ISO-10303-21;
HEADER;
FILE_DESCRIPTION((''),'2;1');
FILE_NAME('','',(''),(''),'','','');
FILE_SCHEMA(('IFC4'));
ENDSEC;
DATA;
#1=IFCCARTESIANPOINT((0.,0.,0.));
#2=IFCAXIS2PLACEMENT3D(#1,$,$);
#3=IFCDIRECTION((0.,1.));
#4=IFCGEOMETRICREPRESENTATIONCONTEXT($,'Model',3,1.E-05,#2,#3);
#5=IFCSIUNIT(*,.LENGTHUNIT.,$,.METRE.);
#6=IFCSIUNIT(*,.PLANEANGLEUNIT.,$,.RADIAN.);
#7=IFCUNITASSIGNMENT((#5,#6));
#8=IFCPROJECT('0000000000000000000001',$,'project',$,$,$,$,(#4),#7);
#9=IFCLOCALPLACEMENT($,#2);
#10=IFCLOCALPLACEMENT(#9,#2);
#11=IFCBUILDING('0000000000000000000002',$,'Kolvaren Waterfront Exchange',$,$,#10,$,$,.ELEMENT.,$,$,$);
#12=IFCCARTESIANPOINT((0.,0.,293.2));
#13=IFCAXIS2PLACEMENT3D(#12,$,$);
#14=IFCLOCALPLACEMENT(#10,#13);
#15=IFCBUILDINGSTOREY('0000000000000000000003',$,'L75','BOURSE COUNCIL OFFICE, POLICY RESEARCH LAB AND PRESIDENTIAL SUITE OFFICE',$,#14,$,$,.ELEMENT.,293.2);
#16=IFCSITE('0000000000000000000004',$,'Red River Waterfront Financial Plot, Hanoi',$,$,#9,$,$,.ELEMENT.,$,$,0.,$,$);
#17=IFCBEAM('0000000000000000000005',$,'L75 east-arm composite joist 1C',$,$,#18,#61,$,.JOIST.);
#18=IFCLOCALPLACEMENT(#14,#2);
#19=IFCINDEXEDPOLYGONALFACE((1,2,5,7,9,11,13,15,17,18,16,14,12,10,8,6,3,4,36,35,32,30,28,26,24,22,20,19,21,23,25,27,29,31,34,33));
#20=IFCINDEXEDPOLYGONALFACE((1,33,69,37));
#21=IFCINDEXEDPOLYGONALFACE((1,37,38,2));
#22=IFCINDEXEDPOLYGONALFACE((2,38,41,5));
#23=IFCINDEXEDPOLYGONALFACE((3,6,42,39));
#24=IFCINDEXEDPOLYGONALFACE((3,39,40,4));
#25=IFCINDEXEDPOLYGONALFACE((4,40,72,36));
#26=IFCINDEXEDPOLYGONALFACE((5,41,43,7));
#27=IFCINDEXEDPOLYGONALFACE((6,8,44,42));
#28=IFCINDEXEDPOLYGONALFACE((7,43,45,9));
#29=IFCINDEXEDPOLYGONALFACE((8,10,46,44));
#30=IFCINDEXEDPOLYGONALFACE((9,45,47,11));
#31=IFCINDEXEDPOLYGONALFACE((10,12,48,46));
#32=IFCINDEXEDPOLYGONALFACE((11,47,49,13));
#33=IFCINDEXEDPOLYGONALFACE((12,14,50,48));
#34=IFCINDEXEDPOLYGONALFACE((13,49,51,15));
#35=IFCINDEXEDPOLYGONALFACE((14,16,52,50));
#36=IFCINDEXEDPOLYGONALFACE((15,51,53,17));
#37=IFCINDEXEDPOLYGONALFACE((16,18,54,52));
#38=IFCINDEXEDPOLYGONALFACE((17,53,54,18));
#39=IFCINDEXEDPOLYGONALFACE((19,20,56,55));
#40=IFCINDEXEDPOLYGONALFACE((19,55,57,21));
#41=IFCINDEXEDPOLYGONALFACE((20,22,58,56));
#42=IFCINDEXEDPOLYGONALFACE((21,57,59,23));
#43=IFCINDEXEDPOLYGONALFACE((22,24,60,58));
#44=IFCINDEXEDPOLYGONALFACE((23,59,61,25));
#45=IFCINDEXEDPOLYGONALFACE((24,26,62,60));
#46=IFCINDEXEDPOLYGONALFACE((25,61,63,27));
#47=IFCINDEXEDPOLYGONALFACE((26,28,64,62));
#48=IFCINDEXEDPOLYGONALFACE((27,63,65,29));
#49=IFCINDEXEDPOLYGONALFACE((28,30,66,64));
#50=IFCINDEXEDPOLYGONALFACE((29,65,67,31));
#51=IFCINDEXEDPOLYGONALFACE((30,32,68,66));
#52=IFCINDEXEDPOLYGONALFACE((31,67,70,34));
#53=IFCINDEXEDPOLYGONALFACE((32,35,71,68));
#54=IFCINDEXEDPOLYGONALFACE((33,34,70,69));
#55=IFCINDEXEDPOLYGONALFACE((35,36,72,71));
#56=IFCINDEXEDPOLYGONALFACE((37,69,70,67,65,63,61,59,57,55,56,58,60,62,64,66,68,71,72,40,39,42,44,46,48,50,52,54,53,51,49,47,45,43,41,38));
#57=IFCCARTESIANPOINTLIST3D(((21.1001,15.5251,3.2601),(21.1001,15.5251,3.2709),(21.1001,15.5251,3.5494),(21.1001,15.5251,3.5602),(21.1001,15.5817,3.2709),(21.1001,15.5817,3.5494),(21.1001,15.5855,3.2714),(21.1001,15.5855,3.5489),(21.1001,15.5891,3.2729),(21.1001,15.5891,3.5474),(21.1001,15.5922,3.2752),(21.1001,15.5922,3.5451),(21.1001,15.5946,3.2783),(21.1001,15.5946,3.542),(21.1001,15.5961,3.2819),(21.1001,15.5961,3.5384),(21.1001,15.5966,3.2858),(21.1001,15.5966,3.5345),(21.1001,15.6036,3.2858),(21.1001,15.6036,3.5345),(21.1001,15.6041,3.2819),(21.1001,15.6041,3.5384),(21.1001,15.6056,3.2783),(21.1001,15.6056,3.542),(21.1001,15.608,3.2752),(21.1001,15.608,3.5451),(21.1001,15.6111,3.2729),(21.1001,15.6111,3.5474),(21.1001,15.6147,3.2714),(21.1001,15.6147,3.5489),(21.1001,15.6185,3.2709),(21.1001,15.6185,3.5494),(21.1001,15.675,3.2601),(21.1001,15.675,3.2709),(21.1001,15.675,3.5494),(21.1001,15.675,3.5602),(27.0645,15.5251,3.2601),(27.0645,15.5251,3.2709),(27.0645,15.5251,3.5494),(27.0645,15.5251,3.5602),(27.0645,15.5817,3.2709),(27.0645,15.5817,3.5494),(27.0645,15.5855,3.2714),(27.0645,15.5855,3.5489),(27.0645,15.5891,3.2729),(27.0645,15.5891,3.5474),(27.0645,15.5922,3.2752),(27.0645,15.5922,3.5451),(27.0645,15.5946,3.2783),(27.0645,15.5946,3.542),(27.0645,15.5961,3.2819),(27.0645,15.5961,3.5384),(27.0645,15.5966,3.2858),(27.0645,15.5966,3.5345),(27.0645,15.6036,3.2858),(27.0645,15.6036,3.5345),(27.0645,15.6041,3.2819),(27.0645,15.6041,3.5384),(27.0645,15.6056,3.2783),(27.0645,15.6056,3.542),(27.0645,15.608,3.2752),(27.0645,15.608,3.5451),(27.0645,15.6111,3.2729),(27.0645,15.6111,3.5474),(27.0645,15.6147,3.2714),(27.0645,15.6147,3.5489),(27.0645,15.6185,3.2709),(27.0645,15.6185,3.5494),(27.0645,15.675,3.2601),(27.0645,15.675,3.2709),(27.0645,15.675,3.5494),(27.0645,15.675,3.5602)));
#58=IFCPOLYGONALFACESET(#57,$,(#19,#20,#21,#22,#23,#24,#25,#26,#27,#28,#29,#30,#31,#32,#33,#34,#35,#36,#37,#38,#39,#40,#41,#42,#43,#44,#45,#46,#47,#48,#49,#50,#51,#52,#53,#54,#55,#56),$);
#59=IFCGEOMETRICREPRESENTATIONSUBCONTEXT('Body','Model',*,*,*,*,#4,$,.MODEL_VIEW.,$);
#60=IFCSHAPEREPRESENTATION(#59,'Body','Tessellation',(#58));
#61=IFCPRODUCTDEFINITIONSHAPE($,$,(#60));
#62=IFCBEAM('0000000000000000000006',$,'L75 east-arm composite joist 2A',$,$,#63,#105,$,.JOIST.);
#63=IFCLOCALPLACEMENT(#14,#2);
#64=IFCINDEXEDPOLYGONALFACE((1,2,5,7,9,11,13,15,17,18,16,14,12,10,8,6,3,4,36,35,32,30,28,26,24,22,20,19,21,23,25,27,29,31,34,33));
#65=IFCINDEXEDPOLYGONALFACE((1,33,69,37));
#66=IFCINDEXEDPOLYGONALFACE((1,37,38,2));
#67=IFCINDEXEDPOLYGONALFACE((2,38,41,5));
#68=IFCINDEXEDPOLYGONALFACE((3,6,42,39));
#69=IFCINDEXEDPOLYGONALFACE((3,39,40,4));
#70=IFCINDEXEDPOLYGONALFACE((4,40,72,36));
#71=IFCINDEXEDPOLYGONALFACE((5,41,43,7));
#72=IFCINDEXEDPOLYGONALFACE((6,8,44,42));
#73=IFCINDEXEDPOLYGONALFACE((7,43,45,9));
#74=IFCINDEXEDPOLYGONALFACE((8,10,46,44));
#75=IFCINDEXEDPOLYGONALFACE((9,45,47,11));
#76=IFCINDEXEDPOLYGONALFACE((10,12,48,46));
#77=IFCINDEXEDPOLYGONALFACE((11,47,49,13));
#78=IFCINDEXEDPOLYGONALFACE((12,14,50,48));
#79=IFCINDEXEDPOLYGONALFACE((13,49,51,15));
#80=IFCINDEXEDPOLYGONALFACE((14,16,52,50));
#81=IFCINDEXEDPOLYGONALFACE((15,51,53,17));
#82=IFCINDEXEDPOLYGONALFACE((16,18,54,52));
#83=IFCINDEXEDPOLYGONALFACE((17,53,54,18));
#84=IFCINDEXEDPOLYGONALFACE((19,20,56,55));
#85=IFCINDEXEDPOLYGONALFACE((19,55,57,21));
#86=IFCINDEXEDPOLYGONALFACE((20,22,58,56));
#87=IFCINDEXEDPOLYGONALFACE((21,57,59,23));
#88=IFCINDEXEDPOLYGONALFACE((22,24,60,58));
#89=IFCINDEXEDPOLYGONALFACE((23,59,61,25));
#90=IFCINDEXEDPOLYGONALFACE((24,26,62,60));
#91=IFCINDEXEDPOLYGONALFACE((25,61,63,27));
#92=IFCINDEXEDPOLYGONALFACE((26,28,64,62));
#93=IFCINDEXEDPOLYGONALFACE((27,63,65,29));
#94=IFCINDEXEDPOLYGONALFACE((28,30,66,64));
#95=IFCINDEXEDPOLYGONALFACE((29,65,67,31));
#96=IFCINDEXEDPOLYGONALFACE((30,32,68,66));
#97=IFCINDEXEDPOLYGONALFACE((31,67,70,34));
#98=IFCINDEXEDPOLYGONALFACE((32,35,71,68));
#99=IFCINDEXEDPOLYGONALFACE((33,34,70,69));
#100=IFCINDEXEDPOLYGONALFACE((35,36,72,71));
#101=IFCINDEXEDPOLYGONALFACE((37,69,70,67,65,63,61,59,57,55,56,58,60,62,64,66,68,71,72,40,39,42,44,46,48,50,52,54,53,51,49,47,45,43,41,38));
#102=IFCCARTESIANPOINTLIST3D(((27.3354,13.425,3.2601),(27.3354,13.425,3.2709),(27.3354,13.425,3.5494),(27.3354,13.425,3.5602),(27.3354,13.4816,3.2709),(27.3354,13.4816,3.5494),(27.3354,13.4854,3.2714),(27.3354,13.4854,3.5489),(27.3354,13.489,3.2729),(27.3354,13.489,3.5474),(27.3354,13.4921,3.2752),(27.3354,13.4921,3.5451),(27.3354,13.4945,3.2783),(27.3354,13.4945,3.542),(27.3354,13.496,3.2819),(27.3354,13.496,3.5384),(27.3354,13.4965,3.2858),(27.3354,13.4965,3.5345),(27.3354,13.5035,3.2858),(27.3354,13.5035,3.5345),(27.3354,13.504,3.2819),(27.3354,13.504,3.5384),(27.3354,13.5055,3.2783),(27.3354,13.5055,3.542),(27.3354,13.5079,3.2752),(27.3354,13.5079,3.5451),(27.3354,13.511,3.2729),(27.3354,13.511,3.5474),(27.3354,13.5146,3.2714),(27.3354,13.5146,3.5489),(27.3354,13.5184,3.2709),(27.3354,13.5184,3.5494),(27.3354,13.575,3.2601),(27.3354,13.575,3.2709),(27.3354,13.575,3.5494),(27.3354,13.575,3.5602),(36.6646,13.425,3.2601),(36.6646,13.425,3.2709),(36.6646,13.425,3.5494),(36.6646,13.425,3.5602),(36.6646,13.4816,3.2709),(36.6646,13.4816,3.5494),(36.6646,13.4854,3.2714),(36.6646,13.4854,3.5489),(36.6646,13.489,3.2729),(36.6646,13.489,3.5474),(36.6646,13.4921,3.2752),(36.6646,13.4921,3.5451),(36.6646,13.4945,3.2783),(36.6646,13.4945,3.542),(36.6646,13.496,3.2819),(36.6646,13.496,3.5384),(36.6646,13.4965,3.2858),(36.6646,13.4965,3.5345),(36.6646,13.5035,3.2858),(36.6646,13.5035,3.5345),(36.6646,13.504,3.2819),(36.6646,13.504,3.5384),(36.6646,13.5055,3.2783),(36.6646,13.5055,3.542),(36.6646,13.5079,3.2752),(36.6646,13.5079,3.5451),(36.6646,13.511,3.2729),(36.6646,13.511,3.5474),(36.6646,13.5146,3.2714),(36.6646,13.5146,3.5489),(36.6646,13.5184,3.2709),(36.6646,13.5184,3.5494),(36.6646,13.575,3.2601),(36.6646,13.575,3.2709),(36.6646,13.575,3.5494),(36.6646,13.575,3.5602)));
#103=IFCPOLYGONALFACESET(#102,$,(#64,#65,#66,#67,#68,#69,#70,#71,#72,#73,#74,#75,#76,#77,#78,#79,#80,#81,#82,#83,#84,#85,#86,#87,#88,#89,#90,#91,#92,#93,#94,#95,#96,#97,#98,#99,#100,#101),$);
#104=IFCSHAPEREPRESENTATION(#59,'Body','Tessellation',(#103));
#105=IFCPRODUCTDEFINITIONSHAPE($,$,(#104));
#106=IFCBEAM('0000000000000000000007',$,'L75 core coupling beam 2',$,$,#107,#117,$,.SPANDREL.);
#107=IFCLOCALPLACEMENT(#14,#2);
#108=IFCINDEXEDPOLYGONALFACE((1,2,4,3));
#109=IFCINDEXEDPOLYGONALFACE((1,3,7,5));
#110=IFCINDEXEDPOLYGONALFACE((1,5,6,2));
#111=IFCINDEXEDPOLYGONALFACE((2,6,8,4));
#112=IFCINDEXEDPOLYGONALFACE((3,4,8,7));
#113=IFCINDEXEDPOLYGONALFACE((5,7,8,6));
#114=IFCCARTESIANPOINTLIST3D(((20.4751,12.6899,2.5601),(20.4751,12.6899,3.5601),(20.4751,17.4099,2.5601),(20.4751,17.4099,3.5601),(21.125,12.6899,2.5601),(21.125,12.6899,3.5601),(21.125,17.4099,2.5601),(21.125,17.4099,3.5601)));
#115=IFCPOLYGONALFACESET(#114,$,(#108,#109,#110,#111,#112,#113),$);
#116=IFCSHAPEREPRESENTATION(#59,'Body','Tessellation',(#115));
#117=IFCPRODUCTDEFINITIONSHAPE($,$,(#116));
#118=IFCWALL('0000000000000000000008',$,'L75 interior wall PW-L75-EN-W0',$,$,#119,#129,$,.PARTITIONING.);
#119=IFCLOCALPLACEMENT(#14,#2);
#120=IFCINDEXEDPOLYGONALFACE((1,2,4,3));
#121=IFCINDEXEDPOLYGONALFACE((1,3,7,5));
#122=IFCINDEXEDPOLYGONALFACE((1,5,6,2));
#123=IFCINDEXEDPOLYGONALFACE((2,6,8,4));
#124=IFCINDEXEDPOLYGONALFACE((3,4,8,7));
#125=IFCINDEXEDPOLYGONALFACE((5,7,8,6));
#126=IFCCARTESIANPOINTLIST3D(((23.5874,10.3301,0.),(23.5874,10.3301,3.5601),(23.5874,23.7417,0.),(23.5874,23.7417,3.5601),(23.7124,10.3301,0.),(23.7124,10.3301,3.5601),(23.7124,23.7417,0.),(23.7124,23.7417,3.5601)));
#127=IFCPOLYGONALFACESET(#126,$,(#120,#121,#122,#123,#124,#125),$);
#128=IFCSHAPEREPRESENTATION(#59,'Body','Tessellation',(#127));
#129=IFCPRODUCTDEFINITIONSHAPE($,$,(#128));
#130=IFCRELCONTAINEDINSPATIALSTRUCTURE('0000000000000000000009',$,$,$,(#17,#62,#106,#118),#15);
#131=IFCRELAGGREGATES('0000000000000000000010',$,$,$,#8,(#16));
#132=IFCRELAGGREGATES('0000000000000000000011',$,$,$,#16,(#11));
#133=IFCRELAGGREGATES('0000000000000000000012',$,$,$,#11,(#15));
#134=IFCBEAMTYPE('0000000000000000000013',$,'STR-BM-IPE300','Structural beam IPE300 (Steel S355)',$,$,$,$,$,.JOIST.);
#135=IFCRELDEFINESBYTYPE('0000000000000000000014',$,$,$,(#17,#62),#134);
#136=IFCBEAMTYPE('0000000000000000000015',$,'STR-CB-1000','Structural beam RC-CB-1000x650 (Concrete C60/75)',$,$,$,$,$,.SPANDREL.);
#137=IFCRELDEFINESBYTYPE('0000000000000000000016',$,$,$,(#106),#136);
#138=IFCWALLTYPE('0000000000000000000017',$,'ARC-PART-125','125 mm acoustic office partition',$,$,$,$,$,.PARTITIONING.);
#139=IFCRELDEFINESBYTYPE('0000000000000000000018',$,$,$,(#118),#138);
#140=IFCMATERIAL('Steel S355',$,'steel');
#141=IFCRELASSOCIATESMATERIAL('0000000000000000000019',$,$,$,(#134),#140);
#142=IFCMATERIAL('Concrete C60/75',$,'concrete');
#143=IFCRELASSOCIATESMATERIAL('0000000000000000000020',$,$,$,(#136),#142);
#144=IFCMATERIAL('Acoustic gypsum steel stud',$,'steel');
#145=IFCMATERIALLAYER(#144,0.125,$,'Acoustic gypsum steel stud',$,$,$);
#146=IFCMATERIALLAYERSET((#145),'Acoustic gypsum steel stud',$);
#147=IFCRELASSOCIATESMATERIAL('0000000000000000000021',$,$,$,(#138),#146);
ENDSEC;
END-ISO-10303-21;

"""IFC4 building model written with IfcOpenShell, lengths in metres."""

from ifc_helpers import new_model, si_unit, direction, frame, frame_2d, origin, origin_2d, place, context, subcontext, project, spatial, rectangle, i_section, extrude, material, layer, layer_set, material_profile, profile_set, type_object, element, save


model = new_model("IFC4")

# Units and contexts
model_context = context("Model", 3, precision=1e-05, world=origin(), true_north=direction((0.0, 1.0)))
body_context = subcontext(model_context, "Body", "Model", "MODEL_VIEW")
ifc_project = project(units=[si_unit("LENGTHUNIT", "METRE"), si_unit("PLANEANGLEUNIT", "RADIAN")], contexts=[model_context])

# Site, building, storey
site_placement = place(None, origin())
site = spatial("IfcSite", under=ifc_project, at=site_placement, Name="Red River Waterfront Financial Plot, Hanoi", CompositionType="ELEMENT", RefElevation=0.0)
building_placement = place(site_placement, origin())
building = spatial("IfcBuilding", under=site, at=building_placement, Name="Kolvaren Waterfront Exchange", CompositionType="ELEMENT")
storey_placement = place(building_placement, frame((0.0, 0.0, 293.2)))
storey = spatial("IfcBuildingStorey", under=building, at=storey_placement, Name="L75", Description="BOURSE COUNCIL OFFICE, POLICY RESEARCH LAB AND PRESIDENTIAL SUITE OFFICE", CompositionType="ELEMENT", Elevation=293.2)

# Beams
ifc_material_1 = material(Name="Steel S355", Category="steel")
ifc_material_profile_1 = material_profile(ifc_material_1, i_section(OverallWidth=0.1499, OverallDepth=0.3, WebThickness=0.0071, FlangeThickness=0.0107, FilletRadius=0.0149, at=origin_2d()), Name="IPE300")
ifc_profile_set_1 = profile_set([ifc_material_profile_1], Name="Steel S355")
beam_type_1 = type_object("IfcBeamType", Name="STR-BM-IPE300", Description="Structural beam IPE300 (Steel S355)", PredefinedType="JOIST", material=ifc_profile_set_1)
for number, where, z_axis, x_axis, name in (
    (1, (21.1001, 15.6001, 3.4102), (1.0, 0.0, 0.0), (0.0, 1.0, 0.0), "L75 east-arm composite joist 1C"),
):
    element("IfcBeam", number, at=place(storey_placement, frame(where, z_axis=z_axis, x_axis=x_axis)), inside=storey, type_object=beam_type_1, Name=name, PredefinedType="JOIST", context=body_context, shape_type="SweptSolid", body=[
        extrude(i_section(OverallWidth=0.1499, OverallDepth=0.3, WebThickness=0.0071, FlangeThickness=0.0107, FilletRadius=0.0149, at=origin_2d()), origin(), (0.0, 0.0, 1.0), 5.9644),
    ])
beam_1_placement = place(storey_placement, frame((27.3354, 13.5, 3.4102), z_axis=(1.0, 0.0, 0.0), x_axis=(0.0, 1.0, 0.0)))
element("IfcBeam", 2, at=beam_1_placement, inside=storey, type_object=beam_type_1, Name="L75 east-arm composite joist 2A", PredefinedType="JOIST", context=body_context, shape_type="SweptSolid", body=[
    extrude(i_section(OverallWidth=0.1499, OverallDepth=0.3, WebThickness=0.0071, FlangeThickness=0.0107, FilletRadius=0.0149, at=origin_2d()), origin(), (0.0, 0.0, 1.0), 9.3291),
])
ifc_material_2 = material(Name="Concrete C60/75", Category="concrete")
ifc_material_profile_2 = material_profile(ifc_material_2, rectangle(XDim=0.6499, YDim=1.0, at=origin_2d()), Name="RC-CB-1000x650")
ifc_profile_set_2 = profile_set([ifc_material_profile_2], Name="Concrete C60/75")
beam_type_2 = type_object("IfcBeamType", Name="STR-CB-1000", Description="Structural beam RC-CB-1000x650 (Concrete C60/75)", PredefinedType="SPANDREL", material=ifc_profile_set_2)
beam_2_placement = place(storey_placement, frame((20.8, 12.6899, 3.0601), z_axis=(0.0, 1.0, 0.0), x_axis=(-1.0, 0.0, 0.0)))
element("IfcBeam", 3, at=beam_2_placement, inside=storey, type_object=beam_type_2, Name="L75 core coupling beam 2", PredefinedType="SPANDREL", context=body_context, shape_type="SweptSolid", body=[
    extrude(rectangle(XDim=0.6499, YDim=1.0, at=origin_2d()), origin(), (0.0, 0.0, 1.0), 4.72),
])

# Wall
ifc_material_3 = material(Name="Acoustic gypsum steel stud", Category="steel")
ifc_layer_1 = layer(ifc_material_3, 0.125, Name="Acoustic gypsum steel stud")
ifc_layer_set_1 = layer_set([ifc_layer_1], Name="Acoustic gypsum steel stud")
wall_type_1 = type_object("IfcWallType", Name="ARC-PART-125", Description="125 mm acoustic office partition", PredefinedType="PARTITIONING", material=ifc_layer_set_1)
wall_1_placement = place(storey_placement, frame((23.6499, 10.3301, 0.0), z_axis=(0.0, 0.0, 1.0), x_axis=(0.0, 1.0, 0.0)))
element("IfcWall", 4, at=wall_1_placement, inside=storey, type_object=wall_type_1, Name="L75 interior wall PW-L75-EN-W0", PredefinedType="PARTITIONING", context=body_context, shape_type="SweptSolid", body=[
    extrude(rectangle(XDim=13.4116, YDim=0.125, at=frame_2d((6.7058, 0.0))), origin(), (0.0, 0.0, 1.0), 3.5601),
])

save(model, "model.ifc")
